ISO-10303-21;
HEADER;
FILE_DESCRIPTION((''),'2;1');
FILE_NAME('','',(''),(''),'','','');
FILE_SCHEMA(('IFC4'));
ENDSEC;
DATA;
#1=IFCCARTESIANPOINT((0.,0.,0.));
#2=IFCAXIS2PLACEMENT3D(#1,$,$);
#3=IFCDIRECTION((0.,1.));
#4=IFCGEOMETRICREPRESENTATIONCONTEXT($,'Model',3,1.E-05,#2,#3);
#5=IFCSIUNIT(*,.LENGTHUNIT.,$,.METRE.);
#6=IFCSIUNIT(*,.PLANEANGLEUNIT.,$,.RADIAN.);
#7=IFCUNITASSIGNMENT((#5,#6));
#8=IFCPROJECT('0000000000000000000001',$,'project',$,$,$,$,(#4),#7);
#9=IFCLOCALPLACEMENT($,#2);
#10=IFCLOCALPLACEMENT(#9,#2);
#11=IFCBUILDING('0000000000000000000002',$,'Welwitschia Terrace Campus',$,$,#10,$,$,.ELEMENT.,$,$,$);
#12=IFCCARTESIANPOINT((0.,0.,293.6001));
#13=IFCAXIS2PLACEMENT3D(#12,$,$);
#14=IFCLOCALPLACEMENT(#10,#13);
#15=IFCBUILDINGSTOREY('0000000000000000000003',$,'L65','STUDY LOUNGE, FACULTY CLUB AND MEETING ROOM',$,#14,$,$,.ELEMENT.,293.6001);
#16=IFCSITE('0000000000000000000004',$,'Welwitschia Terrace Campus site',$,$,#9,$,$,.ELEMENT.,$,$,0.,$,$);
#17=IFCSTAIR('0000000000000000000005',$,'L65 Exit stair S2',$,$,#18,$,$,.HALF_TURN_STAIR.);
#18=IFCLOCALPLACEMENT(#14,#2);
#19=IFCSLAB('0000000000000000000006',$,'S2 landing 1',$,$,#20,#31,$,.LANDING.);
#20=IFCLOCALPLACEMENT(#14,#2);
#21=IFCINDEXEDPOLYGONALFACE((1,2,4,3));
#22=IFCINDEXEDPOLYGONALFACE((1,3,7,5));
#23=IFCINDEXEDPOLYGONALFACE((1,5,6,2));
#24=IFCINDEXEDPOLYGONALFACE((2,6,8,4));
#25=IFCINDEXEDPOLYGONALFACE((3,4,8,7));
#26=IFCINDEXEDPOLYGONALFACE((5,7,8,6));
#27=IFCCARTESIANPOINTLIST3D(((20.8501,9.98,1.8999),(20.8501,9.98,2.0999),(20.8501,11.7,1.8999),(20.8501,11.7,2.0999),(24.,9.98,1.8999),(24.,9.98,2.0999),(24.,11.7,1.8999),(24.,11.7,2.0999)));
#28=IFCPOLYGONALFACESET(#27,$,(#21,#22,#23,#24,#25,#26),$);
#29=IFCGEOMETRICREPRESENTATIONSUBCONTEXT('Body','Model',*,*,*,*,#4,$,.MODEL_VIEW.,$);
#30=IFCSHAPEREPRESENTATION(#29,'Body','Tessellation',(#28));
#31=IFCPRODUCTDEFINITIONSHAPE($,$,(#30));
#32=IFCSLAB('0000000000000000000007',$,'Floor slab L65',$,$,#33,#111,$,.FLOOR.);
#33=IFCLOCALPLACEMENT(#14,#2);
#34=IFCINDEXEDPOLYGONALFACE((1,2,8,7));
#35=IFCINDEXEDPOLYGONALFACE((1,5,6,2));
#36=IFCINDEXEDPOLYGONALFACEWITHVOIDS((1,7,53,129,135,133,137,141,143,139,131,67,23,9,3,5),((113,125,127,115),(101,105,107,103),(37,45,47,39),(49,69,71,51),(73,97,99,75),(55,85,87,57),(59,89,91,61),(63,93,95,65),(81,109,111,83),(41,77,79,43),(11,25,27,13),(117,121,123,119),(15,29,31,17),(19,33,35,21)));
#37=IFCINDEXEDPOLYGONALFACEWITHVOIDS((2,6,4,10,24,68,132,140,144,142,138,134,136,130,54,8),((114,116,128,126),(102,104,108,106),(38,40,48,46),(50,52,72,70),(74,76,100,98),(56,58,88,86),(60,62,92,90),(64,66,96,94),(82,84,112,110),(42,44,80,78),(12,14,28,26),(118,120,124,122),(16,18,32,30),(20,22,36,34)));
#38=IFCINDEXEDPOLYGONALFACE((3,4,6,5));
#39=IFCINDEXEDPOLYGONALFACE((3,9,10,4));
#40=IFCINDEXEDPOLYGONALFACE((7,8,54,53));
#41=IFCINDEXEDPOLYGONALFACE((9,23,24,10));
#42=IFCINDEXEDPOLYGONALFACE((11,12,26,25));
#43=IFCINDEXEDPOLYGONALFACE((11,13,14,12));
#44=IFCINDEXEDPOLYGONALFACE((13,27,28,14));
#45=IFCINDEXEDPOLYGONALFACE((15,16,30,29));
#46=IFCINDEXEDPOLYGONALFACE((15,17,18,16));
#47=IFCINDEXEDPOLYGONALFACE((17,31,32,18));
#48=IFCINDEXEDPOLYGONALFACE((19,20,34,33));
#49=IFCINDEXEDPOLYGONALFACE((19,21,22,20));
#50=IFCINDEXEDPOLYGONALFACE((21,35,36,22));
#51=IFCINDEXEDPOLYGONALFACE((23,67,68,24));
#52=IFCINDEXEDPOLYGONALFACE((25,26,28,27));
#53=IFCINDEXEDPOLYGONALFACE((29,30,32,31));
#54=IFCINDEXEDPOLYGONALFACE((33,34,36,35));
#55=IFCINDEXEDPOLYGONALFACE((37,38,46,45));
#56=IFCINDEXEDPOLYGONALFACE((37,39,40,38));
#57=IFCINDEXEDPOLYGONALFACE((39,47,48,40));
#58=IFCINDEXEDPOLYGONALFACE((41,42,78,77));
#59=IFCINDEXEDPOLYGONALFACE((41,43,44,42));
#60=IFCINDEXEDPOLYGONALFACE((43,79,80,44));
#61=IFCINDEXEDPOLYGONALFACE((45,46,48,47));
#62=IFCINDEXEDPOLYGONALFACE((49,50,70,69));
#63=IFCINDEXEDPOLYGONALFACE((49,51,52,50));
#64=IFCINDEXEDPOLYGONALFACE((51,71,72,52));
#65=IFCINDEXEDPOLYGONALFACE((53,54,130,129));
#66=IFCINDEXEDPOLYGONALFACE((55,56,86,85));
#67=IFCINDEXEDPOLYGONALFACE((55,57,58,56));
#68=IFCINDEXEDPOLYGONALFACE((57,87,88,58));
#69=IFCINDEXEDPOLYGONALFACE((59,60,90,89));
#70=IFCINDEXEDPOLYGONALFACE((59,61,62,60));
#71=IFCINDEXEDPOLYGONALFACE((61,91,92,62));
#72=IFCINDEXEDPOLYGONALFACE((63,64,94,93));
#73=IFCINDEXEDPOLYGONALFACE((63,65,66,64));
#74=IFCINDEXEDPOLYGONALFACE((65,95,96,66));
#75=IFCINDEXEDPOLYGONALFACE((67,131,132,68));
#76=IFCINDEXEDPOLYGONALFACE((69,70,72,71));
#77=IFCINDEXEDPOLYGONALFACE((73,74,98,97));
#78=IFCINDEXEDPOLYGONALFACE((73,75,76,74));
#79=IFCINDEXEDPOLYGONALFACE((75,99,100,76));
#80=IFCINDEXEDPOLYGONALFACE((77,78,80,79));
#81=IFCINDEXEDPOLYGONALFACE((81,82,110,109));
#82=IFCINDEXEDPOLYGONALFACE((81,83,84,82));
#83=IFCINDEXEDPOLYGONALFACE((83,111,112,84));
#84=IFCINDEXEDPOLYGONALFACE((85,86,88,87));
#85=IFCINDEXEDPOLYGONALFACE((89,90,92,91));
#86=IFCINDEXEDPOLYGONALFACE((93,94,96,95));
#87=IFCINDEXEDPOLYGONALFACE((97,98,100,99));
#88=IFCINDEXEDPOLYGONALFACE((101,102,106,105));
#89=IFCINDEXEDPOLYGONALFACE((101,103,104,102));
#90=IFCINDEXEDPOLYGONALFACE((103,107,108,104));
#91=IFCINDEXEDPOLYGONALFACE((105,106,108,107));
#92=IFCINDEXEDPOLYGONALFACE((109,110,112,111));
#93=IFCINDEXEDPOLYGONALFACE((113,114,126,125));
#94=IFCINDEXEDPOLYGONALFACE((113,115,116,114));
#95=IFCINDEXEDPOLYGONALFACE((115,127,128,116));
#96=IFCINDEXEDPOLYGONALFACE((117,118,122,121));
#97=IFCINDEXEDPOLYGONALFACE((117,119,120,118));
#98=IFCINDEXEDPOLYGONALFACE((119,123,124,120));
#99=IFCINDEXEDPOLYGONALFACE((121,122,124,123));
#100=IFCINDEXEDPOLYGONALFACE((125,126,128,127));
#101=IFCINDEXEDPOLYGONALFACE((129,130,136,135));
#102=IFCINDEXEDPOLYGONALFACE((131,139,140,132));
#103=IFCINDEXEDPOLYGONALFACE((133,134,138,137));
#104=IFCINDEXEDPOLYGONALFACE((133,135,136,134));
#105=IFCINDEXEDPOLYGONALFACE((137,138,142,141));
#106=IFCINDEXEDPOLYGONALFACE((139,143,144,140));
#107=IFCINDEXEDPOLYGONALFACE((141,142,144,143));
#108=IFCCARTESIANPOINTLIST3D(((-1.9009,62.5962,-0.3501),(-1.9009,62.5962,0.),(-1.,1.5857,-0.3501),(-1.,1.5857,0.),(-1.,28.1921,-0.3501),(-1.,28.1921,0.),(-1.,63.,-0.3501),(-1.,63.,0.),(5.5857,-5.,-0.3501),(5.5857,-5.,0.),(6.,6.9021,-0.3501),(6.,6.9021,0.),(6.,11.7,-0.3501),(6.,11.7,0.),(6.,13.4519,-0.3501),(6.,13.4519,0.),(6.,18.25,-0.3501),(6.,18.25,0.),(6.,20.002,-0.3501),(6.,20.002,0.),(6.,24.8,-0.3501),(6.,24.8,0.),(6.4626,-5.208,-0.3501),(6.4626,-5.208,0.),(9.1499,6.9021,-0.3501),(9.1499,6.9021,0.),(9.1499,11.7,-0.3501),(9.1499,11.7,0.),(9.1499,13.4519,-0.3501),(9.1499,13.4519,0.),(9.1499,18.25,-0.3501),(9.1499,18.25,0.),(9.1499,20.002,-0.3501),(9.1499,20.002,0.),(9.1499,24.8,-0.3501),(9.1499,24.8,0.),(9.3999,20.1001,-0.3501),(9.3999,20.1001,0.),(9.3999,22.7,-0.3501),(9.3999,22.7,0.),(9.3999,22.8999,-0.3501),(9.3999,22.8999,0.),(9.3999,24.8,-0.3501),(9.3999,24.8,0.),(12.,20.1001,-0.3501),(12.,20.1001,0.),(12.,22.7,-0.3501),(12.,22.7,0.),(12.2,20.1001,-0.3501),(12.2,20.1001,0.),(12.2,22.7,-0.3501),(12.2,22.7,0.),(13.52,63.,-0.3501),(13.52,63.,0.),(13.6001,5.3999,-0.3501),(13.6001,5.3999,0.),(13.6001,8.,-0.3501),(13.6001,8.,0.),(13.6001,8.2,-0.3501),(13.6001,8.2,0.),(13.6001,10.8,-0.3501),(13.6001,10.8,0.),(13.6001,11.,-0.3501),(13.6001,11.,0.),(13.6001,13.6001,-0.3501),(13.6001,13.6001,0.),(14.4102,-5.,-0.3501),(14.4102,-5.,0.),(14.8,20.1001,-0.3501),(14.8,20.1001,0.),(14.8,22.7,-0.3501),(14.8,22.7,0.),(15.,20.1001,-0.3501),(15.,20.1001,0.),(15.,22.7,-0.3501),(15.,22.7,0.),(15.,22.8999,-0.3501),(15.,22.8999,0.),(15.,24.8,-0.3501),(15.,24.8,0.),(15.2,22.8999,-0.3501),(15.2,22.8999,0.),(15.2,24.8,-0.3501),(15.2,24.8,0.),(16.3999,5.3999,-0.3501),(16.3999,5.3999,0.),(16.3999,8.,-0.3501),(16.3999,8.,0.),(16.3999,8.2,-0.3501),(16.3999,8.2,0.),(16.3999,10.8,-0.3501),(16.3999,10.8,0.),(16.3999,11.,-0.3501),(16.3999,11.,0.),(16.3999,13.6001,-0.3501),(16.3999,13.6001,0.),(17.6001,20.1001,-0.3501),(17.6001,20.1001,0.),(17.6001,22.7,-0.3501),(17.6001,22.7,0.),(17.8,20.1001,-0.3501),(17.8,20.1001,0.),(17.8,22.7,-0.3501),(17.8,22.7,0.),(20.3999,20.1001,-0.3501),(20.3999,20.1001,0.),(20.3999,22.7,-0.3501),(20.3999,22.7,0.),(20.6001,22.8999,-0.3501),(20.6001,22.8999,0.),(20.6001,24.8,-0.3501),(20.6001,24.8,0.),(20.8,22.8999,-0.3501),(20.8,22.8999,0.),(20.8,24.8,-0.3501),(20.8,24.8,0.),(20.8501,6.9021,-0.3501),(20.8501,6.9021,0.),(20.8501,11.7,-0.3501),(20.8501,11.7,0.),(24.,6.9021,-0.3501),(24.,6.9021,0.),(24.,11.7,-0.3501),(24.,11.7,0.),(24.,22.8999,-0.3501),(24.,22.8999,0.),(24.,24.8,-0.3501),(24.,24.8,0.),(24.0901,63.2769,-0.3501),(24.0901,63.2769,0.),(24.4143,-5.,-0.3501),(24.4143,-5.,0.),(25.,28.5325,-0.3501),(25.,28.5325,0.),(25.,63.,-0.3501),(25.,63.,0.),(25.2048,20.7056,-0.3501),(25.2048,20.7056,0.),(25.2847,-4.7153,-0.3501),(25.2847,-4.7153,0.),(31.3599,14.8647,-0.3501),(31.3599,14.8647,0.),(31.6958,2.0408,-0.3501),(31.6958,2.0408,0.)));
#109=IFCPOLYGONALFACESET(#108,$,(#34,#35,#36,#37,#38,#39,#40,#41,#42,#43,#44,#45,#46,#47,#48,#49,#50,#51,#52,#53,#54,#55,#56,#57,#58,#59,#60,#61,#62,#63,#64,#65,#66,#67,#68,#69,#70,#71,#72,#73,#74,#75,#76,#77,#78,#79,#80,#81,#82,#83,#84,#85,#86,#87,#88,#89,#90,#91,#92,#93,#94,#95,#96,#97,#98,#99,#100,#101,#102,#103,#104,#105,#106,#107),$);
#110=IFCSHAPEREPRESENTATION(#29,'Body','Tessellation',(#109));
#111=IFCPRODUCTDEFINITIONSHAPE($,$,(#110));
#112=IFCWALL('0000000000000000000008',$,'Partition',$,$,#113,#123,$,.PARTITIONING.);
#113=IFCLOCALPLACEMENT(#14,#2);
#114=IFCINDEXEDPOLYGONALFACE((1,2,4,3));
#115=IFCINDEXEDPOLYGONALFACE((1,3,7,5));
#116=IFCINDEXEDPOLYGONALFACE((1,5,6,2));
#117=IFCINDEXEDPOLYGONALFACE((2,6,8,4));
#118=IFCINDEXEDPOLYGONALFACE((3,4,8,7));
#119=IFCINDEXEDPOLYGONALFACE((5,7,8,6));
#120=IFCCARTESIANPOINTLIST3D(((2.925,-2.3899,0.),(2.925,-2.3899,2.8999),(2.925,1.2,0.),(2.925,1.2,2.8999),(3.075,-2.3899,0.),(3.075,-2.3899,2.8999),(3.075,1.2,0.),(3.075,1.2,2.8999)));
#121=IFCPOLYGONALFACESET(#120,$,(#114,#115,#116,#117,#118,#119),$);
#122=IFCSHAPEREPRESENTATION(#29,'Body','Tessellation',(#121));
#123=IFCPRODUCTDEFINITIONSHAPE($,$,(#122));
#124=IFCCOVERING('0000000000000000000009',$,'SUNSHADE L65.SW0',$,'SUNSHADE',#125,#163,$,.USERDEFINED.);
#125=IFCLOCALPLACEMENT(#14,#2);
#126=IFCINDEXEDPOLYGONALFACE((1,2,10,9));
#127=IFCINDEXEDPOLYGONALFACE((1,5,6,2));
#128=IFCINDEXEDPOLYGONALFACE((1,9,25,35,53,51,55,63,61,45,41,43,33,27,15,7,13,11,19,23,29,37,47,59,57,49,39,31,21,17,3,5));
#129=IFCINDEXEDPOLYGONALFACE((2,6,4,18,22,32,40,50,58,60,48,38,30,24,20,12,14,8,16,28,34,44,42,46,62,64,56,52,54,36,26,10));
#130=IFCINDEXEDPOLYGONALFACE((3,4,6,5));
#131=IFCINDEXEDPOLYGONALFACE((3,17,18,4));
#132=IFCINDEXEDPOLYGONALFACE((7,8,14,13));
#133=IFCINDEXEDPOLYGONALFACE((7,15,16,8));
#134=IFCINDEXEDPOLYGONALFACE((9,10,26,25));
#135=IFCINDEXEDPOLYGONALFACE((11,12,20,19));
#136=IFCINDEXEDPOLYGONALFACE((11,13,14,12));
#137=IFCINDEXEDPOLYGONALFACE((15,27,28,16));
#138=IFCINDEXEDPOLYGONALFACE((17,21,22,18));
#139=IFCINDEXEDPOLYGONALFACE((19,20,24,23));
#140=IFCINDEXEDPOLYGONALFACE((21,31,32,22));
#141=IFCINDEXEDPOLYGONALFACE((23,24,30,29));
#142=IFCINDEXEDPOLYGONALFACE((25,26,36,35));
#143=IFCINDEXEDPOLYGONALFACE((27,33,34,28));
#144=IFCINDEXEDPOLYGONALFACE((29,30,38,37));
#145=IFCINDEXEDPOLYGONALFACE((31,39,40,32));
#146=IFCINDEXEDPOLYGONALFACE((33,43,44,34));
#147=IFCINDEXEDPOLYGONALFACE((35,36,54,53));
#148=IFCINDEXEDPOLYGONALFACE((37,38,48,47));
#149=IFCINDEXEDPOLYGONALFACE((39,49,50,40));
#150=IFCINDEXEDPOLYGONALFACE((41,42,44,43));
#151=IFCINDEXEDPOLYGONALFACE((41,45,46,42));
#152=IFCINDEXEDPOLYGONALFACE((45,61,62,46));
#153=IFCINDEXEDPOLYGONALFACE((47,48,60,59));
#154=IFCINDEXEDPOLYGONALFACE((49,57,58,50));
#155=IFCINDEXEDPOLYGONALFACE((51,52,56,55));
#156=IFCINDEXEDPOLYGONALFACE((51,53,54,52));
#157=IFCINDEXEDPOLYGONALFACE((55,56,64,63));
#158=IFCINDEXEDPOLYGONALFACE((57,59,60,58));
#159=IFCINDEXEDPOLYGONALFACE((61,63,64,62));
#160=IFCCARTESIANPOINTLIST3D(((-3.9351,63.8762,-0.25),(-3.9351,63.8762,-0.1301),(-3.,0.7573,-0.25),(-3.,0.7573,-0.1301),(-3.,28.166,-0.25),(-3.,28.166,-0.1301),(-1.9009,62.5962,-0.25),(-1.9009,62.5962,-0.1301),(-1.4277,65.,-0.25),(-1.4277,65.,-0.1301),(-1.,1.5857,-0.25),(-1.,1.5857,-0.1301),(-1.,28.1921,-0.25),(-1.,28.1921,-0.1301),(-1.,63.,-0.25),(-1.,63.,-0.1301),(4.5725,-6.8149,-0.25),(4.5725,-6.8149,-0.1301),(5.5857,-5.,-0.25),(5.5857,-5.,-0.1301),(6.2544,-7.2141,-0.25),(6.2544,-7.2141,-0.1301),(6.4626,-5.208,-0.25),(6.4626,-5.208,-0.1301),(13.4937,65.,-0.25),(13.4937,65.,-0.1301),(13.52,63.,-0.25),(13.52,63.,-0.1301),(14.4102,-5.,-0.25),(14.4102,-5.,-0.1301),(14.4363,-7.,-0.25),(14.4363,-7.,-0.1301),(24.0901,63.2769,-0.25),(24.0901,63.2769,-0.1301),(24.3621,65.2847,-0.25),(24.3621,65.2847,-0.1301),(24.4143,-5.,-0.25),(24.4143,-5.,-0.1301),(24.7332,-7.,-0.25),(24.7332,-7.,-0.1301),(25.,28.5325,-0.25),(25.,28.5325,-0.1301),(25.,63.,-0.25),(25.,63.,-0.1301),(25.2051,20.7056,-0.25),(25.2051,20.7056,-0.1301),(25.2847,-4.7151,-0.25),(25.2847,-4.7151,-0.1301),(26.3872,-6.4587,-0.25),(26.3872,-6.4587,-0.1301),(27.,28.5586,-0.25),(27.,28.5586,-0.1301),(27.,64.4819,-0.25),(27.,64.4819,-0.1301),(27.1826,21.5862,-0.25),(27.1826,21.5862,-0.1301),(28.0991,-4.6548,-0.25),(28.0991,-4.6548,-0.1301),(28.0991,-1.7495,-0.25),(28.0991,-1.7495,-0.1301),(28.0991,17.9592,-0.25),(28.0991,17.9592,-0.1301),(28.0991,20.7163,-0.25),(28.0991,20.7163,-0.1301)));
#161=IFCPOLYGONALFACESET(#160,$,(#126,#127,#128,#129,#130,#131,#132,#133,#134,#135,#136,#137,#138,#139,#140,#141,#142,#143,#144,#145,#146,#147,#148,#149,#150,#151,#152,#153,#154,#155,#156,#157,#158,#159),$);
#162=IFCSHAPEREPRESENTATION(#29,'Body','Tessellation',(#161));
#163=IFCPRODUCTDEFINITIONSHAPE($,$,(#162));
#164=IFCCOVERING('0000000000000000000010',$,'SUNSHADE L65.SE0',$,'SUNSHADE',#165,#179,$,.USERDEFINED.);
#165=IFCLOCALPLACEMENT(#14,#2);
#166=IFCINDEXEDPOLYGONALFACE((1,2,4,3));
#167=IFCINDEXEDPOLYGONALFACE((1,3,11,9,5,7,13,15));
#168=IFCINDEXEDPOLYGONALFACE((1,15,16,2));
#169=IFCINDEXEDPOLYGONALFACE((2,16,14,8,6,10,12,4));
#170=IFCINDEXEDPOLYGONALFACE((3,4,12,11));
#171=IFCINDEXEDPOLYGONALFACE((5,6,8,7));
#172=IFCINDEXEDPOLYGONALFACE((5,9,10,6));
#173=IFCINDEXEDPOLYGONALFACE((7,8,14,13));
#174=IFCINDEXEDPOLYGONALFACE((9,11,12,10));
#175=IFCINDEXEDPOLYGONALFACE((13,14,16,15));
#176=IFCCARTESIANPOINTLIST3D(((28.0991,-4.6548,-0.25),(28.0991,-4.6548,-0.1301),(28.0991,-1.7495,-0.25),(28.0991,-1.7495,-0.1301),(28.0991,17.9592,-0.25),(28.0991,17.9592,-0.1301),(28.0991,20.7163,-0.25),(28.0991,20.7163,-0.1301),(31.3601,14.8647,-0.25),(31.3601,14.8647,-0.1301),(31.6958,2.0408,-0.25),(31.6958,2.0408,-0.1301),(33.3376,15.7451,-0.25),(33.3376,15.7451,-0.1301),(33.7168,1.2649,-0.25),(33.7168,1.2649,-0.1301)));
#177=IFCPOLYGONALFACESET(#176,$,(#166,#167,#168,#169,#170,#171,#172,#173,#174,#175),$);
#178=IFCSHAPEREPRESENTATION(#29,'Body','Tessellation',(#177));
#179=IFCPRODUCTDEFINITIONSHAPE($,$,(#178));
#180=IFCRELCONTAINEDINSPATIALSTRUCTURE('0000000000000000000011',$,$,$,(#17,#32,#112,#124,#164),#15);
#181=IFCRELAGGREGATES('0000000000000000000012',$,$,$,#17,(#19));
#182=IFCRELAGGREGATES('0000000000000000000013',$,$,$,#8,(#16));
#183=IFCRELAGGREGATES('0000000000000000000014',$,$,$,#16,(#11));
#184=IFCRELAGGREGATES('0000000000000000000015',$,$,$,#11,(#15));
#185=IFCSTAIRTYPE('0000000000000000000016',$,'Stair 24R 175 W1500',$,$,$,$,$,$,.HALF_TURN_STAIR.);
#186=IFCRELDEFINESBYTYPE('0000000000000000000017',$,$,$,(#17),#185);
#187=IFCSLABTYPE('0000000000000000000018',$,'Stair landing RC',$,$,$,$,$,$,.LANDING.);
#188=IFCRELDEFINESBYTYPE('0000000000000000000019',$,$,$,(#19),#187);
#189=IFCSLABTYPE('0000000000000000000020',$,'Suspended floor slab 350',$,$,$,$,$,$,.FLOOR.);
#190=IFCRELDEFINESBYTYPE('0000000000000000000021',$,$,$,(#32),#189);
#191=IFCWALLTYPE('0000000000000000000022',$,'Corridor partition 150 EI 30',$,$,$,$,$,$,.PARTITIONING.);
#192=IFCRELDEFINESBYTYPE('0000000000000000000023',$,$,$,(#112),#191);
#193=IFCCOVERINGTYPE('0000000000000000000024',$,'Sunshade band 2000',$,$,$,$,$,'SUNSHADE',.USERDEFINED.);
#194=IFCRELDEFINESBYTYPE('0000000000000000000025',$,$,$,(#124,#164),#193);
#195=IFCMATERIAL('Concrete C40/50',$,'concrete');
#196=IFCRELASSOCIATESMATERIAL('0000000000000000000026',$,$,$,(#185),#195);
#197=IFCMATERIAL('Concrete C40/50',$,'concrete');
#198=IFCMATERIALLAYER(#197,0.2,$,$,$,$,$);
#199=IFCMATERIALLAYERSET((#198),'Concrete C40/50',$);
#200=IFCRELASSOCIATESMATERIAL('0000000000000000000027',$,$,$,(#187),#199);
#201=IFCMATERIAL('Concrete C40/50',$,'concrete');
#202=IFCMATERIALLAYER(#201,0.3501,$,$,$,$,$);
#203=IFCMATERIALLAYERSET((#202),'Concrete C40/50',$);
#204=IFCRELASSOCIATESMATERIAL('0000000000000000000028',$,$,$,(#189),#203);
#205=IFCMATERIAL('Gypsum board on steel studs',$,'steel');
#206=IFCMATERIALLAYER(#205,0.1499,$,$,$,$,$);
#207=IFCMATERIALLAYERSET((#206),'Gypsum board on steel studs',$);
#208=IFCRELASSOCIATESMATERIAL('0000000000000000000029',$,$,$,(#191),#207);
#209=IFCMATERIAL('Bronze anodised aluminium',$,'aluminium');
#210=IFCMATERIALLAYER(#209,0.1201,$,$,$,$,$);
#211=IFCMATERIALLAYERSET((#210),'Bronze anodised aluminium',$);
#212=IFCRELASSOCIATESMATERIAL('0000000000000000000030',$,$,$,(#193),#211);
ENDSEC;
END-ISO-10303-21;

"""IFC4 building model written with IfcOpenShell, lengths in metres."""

from ifc_helpers import new_model, si_unit, direction, frame, frame_2d, origin, place, context, subcontext, project, spatial, polyline, rectangle, outline, extrude, material, layer, layer_set, type_object, element, aggregate, save


model = new_model("IFC4")

# Units and contexts
model_context = context("Model", 3, precision=1e-05, world=origin(), true_north=direction((0.0, 1.0)))
body_context = subcontext(model_context, "Body", "Model", "MODEL_VIEW")
ifc_project = project(units=[si_unit("LENGTHUNIT", "METRE"), si_unit("PLANEANGLEUNIT", "RADIAN")], contexts=[model_context])

# Site, building, storey
site_placement = place(None, origin())
site = spatial("IfcSite", under=ifc_project, at=site_placement, Name="Welwitschia Terrace Campus site", CompositionType="ELEMENT", RefElevation=0.0)
building_placement = place(site_placement, origin())
building = spatial("IfcBuilding", under=site, at=building_placement, Name="Welwitschia Terrace Campus", CompositionType="ELEMENT")
storey_placement = place(building_placement, frame((0.0, 0.0, 293.6001)))
storey = spatial("IfcBuildingStorey", under=building, at=storey_placement, Name="L65", Description="STUDY LOUNGE, FACULTY CLUB AND MEETING ROOM", CompositionType="ELEMENT", Elevation=293.6001)

# Stair, slab
ifc_material_1 = material(Name="Concrete C40/50", Category="concrete")
stair_type = type_object("IfcStairType", Name="Stair 24R 175 W1500", PredefinedType="HALF_TURN_STAIR", material=ifc_material_1)
ifc_material_2 = material(Name="Concrete C40/50", Category="concrete")
ifc_layer_1 = layer(ifc_material_2, 0.2)
ifc_layer_set_1 = layer_set([ifc_layer_1], Name="Concrete C40/50")
slab_type_1 = type_object("IfcSlabType", Name="Stair landing RC", PredefinedType="LANDING", material=ifc_layer_set_1)
stair_1_placement = place(storey_placement, origin())
stair_1 = element("IfcStair", 1, at=stair_1_placement, inside=storey, type_object=stair_type, Name="L65 Exit stair S2", PredefinedType="HALF_TURN_STAIR")
slab_1_placement = place(storey_placement, frame((0.0, 0.0, 1.8999)))
slab_1 = element("IfcSlab", 2, at=slab_1_placement, type_object=slab_type_1, Name="S2 landing 1", PredefinedType="LANDING", context=body_context, shape_type="SweptSolid", body=[
    extrude(outline(polyline([(24.0, 9.98), (24.0, 11.7), (20.8501, 11.7), (20.8501, 9.98), (24.0, 9.98)])), origin(), (0.0, 0.0, 1.0), 0.2),
])
aggregate(stair_1, [slab_1])

# Slab
ifc_material_3 = material(Name="Concrete C40/50", Category="concrete")
ifc_layer_2 = layer(ifc_material_3, 0.3501)
ifc_layer_set_2 = layer_set([ifc_layer_2], Name="Concrete C40/50")
slab_type_2 = type_object("IfcSlabType", Name="Suspended floor slab 350", PredefinedType="FLOOR", material=ifc_layer_set_2)
slab_2_placement = place(storey_placement, frame((0.0, 0.0, -0.3501)))
element("IfcSlab", 3, at=slab_2_placement, inside=storey, type_object=slab_type_2, Name="Floor slab L65", PredefinedType="FLOOR", context=body_context, shape_type="SweptSolid", body=[
    extrude(outline(polyline([(13.52, 63.0), (24.0901, 63.2769), (25.0, 63.0), (25.0, 28.5325), (25.2048, 20.7056), (31.3599, 14.8647), (31.6958, 2.0408), (25.2847, -4.7153), (24.4143, -5.0), (14.4102, -5.0), (6.4626, -5.208), (5.5857, -5.0), (-1.0, 1.5857), (-1.0, 28.1921), (-1.9009, 62.5962), (-1.0, 63.0), (13.52, 63.0)]), holes=[polyline([(13.6001, 8.0), (13.6001, 5.3999), (16.3999, 5.3999), (16.3999, 8.0), (13.6001, 8.0)]), polyline([(9.1499, 11.7), (6.0, 11.7), (6.0, 6.9021), (9.1499, 6.9021), (9.1499, 11.7)]), polyline([(9.1499, 18.25), (6.0, 18.25), (6.0, 13.4519), (9.1499, 13.4519), (9.1499, 18.25)]), polyline([(12.0, 22.7), (9.3999, 22.7), (9.3999, 20.1001), (12.0, 20.1001), (12.0, 22.7)]), polyline([(14.8, 22.7), (12.2, 22.7), (12.2, 20.1001), (14.8, 20.1001), (14.8, 22.7)]), polyline([(9.1499, 24.8), (6.0, 24.8), (6.0, 20.002), (9.1499, 20.002), (9.1499, 24.8)]), polyline([(15.0, 24.8), (9.3999, 24.8), (9.3999, 22.8999), (15.0, 22.8999), (15.0, 24.8)]), polyline([(20.8501, 11.7), (20.8501, 6.9021), (24.0, 6.9021), (24.0, 11.7), (20.8501, 11.7)]), polyline([(16.3999, 10.8), (13.6001, 10.8), (13.6001, 8.2), (16.3999, 8.2), (16.3999, 10.8)]), polyline([(16.3999, 13.6001), (13.6001, 13.6001), (13.6001, 11.0), (16.3999, 11.0), (16.3999, 13.6001)]), polyline([(17.6001, 22.7), (15.0, 22.7), (15.0, 20.1001), (17.6001, 20.1001), (17.6001, 22.7)]), polyline([(20.3999, 22.7), (17.8, 22.7), (17.8, 20.1001), (20.3999, 20.1001), (20.3999, 22.7)]), polyline([(20.6001, 24.8), (15.2, 24.8), (15.2, 22.8999), (20.6001, 22.8999), (20.6001, 24.8)]), polyline([(24.0, 24.8), (20.8, 24.8), (20.8, 22.8999), (24.0, 22.8999), (24.0, 24.8)])]), origin(), (0.0, 0.0, 1.0), 0.3501),
])

# Wall
ifc_material_4 = material(Name="Gypsum board on steel studs", Category="steel")
ifc_layer_3 = layer(ifc_material_4, 0.1499)
ifc_layer_set_3 = layer_set([ifc_layer_3], Name="Gypsum board on steel studs")
wall_type = type_object("IfcWallType", Name="Corridor partition 150 EI 30", PredefinedType="PARTITIONING", material=ifc_layer_set_3)
wall_placement = place(storey_placement, frame((3.0, -2.3899, 0.0), z_axis=(0.0, 0.0, 1.0), x_axis=(0.0, 1.0, 0.0)))
element("IfcWall", 4, at=wall_placement, inside=storey, type_object=wall_type, Name="Partition", PredefinedType="PARTITIONING", context=body_context, shape_type="SweptSolid", body=[
    extrude(rectangle(XDim=3.5898, YDim=0.1499, at=frame_2d((1.7949, 0.0))), origin(), (0.0, 0.0, 1.0), 2.8999),
])

# Coverings
ifc_material_5 = material(Name="Bronze anodised aluminium", Category="aluminium")
ifc_layer_4 = layer(ifc_material_5, 0.1201)
ifc_layer_set_4 = layer_set([ifc_layer_4], Name="Bronze anodised aluminium")
covering_type_1 = type_object("IfcCoveringType", Name="Sunshade band 2000", ElementType="SUNSHADE", PredefinedType="USERDEFINED", material=ifc_layer_set_4)
covering_1_placement = place(storey_placement, frame((0.0, 0.0, -0.25)))
element("IfcCovering", 5, at=covering_1_placement, inside=storey, type_object=covering_type_1, Name="SUNSHADE L65.SW0", ObjectType="SUNSHADE", PredefinedType="USERDEFINED", context=body_context, shape_type="SweptSolid", body=[
    extrude(outline(polyline([(24.3621, 65.2847), (27.0, 64.4819), (27.0, 28.5586), (27.1826, 21.5862), (28.0991, 20.7163), (28.0991, 17.9592), (25.2051, 20.7056), (25.0, 28.5325), (25.0, 63.0), (24.0901, 63.2769), (13.52, 63.0), (-1.0, 63.0), (-1.9009, 62.5962), (-1.0, 28.1921), (-1.0, 1.5857), (5.5857, -5.0), (6.4626, -5.208), (14.4102, -5.0), (24.4143, -5.0), (25.2847, -4.7151), (28.0991, -1.7495), (28.0991, -4.6548), (26.3872, -6.4587), (24.7332, -7.0), (14.4363, -7.0), (6.2544, -7.2141), (4.5725, -6.8149), (-3.0, 0.7573), (-3.0, 28.166), (-3.9351, 63.8762), (-1.4277, 65.0), (13.4937, 65.0), (24.3621, 65.2847)])), origin(), (0.0, 0.0, 1.0), 0.1199),
])
covering_2_placement = place(storey_placement, frame((0.0, 0.0, -0.25)))
element("IfcCovering", 6, at=covering_2_placement, inside=storey, type_object=covering_type_1, Name="SUNSHADE L65.SE0", ObjectType="SUNSHADE", PredefinedType="USERDEFINED", context=body_context, shape_type="SweptSolid", body=[
    extrude(outline(polyline([(33.3376, 15.7451), (33.7168, 1.2649), (28.0991, -4.6548), (28.0991, -1.7495), (31.6958, 2.0408), (31.3601, 14.8647), (28.0991, 17.9592), (28.0991, 20.7163), (33.3376, 15.7451)])), origin(), (0.0, 0.0, 1.0), 0.1199),
])

save(model, "model.ifc")
